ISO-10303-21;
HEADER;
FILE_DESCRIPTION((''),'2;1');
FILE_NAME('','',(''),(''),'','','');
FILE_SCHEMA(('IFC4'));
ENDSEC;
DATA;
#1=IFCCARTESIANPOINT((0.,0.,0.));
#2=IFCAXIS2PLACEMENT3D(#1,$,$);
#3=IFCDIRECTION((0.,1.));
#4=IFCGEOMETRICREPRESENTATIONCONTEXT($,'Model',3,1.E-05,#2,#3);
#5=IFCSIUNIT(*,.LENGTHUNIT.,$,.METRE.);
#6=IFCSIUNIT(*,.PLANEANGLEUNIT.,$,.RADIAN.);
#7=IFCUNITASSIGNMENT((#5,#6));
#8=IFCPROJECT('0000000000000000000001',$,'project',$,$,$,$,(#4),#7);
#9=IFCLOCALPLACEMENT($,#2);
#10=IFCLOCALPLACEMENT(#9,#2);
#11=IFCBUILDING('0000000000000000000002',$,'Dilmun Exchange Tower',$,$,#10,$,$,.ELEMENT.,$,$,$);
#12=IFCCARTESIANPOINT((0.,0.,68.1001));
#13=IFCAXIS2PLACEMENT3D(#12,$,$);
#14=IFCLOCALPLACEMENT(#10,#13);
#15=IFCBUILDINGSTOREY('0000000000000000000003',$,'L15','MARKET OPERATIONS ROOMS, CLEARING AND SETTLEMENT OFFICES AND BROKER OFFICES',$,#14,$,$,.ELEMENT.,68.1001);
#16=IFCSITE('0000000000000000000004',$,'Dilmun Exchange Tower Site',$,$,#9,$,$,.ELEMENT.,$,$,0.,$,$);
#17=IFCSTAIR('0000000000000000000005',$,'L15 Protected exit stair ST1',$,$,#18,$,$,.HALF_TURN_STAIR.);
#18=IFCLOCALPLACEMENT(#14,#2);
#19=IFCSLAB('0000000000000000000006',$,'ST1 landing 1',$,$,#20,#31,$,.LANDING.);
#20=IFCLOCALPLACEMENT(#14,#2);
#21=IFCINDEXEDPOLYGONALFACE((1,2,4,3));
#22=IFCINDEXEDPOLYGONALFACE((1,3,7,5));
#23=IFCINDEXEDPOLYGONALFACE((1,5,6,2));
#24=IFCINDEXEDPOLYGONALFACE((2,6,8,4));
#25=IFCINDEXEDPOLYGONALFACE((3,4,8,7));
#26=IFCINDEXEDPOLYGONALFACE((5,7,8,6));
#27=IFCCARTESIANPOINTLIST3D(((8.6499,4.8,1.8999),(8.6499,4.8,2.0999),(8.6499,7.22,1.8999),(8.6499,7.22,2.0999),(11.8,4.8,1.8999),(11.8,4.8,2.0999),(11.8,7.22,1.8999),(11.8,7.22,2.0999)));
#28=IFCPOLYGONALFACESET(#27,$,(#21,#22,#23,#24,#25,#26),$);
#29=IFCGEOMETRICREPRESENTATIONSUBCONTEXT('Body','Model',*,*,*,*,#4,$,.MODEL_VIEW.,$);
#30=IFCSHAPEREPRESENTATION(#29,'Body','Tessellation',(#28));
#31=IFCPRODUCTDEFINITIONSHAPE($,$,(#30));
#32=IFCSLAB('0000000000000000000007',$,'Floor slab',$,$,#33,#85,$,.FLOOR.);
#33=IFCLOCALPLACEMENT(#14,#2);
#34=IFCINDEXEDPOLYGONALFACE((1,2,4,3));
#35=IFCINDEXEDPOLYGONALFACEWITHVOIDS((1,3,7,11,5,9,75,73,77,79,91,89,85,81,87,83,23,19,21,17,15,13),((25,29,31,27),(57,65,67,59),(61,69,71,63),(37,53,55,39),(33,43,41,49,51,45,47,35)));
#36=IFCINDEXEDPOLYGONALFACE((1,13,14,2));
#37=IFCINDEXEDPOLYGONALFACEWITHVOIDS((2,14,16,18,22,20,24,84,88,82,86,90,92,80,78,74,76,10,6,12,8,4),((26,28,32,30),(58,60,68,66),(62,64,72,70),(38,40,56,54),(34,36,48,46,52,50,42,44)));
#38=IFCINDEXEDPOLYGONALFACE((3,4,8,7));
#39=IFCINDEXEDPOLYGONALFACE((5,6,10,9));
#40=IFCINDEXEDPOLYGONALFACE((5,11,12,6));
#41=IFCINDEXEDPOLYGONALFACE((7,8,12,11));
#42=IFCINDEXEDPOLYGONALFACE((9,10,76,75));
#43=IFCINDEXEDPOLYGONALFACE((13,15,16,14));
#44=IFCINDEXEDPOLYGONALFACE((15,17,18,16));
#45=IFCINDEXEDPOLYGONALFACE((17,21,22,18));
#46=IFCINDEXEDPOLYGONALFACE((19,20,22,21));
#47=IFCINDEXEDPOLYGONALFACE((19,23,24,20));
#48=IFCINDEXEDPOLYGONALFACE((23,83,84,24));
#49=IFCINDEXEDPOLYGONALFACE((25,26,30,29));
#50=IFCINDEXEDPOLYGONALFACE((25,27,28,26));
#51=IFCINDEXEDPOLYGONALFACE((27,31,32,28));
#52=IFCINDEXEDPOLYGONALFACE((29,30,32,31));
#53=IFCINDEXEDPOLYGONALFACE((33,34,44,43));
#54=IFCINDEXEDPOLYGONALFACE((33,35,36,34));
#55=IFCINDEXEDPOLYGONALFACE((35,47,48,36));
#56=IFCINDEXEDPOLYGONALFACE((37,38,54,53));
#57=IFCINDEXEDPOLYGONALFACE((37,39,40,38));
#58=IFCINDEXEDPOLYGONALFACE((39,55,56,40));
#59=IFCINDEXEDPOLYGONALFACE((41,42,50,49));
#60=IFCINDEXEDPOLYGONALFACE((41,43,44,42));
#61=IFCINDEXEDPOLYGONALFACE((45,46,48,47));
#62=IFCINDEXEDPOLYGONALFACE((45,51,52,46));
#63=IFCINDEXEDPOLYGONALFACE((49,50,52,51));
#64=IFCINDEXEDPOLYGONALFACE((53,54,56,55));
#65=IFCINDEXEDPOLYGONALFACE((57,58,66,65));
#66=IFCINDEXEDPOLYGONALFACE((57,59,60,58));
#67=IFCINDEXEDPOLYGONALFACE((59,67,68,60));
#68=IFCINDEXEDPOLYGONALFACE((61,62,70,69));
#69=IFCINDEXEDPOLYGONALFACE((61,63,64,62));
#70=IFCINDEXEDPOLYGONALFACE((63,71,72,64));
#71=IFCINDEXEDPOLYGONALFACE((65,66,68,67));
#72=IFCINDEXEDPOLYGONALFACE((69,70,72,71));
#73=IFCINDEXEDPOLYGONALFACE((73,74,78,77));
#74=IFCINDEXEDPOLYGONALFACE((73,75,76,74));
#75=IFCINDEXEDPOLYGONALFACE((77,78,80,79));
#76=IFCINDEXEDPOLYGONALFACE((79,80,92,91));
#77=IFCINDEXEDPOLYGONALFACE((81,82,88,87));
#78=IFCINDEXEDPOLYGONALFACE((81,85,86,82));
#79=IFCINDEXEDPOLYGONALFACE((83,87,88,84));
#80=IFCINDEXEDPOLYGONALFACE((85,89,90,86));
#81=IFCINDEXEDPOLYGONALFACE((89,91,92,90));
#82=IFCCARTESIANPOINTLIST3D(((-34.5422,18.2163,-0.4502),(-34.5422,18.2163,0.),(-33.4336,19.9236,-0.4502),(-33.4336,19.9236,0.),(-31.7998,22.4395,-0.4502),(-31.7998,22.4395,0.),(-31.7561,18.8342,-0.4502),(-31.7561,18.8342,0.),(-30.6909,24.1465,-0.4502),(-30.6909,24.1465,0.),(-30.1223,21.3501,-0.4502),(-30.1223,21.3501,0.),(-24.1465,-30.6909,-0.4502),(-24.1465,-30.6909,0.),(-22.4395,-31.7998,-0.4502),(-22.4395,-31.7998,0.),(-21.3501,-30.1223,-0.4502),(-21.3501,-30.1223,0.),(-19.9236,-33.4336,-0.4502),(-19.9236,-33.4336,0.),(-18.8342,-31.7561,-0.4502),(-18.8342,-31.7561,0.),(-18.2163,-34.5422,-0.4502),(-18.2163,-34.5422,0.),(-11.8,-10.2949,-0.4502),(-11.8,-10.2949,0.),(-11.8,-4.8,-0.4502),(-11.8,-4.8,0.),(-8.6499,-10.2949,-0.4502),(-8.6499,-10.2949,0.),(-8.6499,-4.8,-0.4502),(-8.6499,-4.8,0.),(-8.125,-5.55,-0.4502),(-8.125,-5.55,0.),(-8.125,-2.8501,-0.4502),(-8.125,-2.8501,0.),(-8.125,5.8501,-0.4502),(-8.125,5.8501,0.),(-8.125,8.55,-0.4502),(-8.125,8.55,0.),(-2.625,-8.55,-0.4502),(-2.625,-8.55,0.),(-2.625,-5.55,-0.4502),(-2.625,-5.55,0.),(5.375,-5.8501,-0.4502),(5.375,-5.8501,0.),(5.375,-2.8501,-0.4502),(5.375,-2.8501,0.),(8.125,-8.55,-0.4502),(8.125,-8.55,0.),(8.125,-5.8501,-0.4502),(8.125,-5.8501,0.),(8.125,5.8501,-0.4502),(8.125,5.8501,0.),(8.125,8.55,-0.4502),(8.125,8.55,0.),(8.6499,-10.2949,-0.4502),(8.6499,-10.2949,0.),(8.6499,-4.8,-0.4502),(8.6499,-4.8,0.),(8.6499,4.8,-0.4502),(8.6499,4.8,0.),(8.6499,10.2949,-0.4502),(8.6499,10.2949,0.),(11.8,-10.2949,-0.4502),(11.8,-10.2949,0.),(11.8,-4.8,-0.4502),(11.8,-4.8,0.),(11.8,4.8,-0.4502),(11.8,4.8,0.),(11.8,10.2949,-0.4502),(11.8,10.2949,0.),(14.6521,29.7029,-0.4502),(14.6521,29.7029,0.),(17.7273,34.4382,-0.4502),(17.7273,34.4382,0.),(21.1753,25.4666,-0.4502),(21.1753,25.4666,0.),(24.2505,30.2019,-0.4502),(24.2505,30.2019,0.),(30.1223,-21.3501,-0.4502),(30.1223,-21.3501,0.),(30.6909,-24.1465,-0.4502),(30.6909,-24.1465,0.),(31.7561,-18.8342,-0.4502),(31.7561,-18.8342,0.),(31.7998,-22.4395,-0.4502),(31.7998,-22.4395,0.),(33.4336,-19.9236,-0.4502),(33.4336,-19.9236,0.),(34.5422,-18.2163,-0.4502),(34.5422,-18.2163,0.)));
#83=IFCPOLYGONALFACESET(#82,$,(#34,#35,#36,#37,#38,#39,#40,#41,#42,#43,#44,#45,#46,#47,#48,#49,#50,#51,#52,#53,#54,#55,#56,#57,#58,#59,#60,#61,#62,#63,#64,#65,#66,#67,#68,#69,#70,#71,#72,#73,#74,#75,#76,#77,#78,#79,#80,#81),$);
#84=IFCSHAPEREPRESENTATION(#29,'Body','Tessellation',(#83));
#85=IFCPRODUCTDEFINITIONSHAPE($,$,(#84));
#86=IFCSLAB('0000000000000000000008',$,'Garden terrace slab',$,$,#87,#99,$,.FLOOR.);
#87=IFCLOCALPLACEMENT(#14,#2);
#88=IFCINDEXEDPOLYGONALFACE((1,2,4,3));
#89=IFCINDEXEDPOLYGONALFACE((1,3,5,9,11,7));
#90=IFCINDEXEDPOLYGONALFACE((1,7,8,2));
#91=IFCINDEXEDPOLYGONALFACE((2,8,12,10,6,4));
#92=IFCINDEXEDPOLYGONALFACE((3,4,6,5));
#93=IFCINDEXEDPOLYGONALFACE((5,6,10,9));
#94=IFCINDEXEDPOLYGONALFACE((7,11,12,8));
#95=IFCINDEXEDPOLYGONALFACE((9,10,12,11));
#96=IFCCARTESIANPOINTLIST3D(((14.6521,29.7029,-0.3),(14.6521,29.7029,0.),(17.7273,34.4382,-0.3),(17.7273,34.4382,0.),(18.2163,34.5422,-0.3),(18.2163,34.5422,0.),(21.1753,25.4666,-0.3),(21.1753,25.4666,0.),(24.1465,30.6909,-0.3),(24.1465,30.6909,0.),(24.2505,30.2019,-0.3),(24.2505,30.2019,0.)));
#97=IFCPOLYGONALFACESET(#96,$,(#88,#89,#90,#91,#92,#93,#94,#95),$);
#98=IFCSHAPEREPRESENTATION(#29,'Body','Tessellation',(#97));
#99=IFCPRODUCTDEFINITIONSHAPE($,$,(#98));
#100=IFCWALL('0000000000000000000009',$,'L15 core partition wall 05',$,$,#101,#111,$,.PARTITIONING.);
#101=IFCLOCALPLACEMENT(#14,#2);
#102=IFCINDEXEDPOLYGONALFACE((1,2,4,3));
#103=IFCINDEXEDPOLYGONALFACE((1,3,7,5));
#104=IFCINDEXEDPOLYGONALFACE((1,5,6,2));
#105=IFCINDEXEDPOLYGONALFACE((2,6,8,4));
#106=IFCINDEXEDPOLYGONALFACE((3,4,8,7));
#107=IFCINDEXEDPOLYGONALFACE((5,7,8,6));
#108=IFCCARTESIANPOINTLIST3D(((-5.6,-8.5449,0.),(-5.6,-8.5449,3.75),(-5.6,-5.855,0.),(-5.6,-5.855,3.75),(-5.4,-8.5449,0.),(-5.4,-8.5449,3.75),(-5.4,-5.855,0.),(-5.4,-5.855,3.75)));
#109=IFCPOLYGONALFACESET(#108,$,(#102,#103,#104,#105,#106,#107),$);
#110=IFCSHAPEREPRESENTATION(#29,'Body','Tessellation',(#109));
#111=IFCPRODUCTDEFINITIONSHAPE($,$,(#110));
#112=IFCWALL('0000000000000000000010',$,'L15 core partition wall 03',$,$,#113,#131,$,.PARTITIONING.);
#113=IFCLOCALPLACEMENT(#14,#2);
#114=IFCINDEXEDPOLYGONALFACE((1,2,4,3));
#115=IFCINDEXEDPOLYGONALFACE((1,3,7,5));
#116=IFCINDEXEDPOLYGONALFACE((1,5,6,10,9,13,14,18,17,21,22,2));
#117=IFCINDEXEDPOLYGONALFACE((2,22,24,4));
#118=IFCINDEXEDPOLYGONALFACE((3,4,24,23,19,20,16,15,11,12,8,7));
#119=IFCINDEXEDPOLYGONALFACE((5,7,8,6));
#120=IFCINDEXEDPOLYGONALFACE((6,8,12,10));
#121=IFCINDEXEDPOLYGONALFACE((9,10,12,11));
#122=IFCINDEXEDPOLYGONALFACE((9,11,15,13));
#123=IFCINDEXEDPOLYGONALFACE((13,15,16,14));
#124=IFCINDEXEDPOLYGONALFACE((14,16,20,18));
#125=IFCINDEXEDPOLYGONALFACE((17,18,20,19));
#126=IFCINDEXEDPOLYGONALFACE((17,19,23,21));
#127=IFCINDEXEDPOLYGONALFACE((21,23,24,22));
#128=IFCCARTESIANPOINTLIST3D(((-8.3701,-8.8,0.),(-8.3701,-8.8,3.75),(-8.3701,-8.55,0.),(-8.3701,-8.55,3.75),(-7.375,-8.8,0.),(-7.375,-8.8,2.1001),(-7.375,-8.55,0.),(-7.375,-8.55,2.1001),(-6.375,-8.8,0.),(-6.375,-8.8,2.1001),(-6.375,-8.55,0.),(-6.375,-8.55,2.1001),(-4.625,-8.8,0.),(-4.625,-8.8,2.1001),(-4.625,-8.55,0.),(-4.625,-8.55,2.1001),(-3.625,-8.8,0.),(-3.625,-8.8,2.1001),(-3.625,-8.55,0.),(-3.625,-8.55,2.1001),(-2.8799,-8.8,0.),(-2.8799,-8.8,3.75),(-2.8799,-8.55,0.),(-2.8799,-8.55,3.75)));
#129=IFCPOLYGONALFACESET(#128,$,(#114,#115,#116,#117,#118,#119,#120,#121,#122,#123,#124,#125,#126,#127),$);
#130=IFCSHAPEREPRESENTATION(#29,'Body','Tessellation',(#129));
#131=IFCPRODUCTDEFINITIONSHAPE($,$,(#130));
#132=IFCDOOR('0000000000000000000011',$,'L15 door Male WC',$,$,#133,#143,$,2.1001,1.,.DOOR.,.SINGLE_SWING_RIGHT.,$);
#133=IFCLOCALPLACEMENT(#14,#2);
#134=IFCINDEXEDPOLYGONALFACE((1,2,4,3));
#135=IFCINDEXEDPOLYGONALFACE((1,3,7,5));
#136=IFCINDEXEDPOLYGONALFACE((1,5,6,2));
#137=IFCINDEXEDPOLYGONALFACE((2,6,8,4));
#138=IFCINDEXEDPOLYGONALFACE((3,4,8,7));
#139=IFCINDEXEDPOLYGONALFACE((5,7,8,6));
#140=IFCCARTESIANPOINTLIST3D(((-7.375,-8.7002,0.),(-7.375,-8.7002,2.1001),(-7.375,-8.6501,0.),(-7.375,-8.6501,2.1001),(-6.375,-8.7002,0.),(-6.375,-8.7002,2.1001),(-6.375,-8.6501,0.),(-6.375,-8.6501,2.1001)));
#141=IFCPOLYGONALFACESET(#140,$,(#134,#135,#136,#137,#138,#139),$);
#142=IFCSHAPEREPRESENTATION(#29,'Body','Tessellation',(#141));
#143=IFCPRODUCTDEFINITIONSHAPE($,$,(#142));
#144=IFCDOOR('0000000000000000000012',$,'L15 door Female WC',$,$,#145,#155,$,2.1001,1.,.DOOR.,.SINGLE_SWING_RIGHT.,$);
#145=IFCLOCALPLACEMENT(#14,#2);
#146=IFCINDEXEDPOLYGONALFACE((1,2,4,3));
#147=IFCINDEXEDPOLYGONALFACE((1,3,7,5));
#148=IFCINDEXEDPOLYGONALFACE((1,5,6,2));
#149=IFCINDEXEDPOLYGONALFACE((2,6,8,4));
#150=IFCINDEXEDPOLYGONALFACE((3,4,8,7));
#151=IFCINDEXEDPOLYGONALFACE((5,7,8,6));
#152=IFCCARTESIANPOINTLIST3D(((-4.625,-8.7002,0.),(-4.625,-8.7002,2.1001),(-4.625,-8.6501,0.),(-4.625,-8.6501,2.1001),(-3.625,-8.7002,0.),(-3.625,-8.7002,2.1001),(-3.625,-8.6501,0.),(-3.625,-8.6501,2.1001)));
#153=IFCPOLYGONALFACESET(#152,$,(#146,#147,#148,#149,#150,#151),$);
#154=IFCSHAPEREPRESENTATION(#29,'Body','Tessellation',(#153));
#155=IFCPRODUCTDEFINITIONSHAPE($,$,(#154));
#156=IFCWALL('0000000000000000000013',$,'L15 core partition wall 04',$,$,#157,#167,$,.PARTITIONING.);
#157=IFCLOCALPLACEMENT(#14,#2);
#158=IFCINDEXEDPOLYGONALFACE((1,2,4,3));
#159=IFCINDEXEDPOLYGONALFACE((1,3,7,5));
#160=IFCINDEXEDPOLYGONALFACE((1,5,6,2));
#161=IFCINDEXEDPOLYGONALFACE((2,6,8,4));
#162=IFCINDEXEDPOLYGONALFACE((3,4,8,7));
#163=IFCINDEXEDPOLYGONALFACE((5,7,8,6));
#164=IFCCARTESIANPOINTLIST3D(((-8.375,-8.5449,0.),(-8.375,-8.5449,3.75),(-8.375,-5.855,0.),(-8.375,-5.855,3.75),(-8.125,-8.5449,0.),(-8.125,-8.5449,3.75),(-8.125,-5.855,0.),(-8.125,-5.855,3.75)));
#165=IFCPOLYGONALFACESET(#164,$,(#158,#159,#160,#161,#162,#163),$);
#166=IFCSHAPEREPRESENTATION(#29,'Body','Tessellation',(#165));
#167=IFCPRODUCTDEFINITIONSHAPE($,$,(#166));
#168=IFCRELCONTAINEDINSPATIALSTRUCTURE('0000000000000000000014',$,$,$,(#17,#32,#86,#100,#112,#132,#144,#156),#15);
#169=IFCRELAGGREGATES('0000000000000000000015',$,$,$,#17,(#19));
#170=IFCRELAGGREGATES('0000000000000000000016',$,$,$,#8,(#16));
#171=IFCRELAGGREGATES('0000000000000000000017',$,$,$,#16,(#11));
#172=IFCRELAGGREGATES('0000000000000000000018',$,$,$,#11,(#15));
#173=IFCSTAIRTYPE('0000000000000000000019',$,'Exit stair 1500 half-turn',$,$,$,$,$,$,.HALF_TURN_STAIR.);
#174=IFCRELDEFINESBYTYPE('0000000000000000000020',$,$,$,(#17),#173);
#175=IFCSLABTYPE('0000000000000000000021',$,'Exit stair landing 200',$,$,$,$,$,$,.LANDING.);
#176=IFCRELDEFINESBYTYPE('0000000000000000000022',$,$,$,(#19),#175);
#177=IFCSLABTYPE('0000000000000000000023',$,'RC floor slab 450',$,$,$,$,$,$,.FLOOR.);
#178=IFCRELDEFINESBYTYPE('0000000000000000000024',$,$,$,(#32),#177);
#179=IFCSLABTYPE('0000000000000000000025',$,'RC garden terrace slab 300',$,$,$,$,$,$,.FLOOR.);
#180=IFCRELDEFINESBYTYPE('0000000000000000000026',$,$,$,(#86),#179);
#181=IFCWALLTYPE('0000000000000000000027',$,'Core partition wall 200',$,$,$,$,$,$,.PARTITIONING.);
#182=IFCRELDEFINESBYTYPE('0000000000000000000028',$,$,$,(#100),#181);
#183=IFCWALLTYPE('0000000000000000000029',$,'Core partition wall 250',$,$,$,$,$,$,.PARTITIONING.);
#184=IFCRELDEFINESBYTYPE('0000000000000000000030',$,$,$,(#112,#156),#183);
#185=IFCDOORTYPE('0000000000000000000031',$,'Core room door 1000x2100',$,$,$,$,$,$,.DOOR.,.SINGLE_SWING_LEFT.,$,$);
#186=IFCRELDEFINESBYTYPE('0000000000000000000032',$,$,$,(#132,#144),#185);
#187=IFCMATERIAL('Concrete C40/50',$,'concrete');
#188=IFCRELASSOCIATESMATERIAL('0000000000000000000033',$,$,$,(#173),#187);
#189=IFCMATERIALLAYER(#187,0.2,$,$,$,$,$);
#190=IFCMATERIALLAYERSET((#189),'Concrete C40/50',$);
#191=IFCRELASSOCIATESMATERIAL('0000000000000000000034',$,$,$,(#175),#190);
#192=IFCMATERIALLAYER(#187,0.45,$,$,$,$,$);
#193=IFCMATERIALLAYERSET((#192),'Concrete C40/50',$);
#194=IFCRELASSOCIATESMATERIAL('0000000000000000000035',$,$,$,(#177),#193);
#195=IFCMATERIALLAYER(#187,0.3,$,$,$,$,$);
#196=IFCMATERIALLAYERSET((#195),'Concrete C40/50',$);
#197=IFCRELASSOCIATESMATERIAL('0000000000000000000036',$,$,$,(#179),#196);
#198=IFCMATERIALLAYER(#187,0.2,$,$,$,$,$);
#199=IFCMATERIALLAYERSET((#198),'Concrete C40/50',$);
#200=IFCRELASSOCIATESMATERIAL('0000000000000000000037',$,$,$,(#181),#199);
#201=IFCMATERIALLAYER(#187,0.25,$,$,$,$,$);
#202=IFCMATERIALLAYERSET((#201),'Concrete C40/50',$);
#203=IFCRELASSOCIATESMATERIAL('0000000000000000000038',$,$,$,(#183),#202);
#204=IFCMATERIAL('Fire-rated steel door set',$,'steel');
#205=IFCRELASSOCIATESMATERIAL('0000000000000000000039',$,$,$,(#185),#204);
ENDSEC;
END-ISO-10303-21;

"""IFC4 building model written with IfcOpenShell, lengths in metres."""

from ifc_helpers import new_model, si_unit, direction, frame, frame_2d, origin, place, context, subcontext, project, spatial, polyline, rectangle, outline, extrude, material, layer, layer_set, type_object, element, fill, aggregate, save


model = new_model("IFC4")

# Units and contexts
model_context = context("Model", 3, precision=1e-05, world=origin(), true_north=direction((0.0, 1.0)))
body_context = subcontext(model_context, "Body", "Model", "MODEL_VIEW")
ifc_project = project(units=[si_unit("LENGTHUNIT", "METRE"), si_unit("PLANEANGLEUNIT", "RADIAN")], contexts=[model_context])

# Site, building, storey
site_placement = place(None, origin())
site = spatial("IfcSite", under=ifc_project, at=site_placement, Name="Dilmun Exchange Tower Site", CompositionType="ELEMENT", RefElevation=0.0)
building_placement = place(site_placement, origin())
building = spatial("IfcBuilding", under=site, at=building_placement, Name="Dilmun Exchange Tower", CompositionType="ELEMENT")
storey_placement = place(building_placement, frame((0.0, 0.0, 68.1001)))
storey = spatial("IfcBuildingStorey", under=building, at=storey_placement, Name="L15", Description="MARKET OPERATIONS ROOMS, CLEARING AND SETTLEMENT OFFICES AND BROKER OFFICES", CompositionType="ELEMENT", Elevation=68.1001)

# Stair, slab
ifc_material_1 = material(Name="Concrete C40/50", Category="concrete")
stair_type = type_object("IfcStairType", Name="Exit stair 1500 half-turn", PredefinedType="HALF_TURN_STAIR", material=ifc_material_1)
stair_placement = place(storey_placement, origin())
stair = element("IfcStair", 1, at=stair_placement, inside=storey, type_object=stair_type, Name="L15 Protected exit stair ST1", PredefinedType="HALF_TURN_STAIR")
ifc_layer_1 = layer(ifc_material_1, 0.2)
ifc_layer_set_1 = layer_set([ifc_layer_1], Name="Concrete C40/50")
slab_type_1 = type_object("IfcSlabType", Name="Exit stair landing 200", PredefinedType="LANDING", material=ifc_layer_set_1)
slab_1_placement = place(storey_placement, frame((0.0, 0.0, 1.8999)))
slab_1 = element("IfcSlab", 2, at=slab_1_placement, type_object=slab_type_1, Name="ST1 landing 1", PredefinedType="LANDING", context=body_context, shape_type="SweptSolid", body=[
    extrude(outline(polyline([(8.6499, 7.22), (8.6499, 4.8), (11.8, 4.8), (11.8, 7.22), (8.6499, 7.22)])), origin(), (0.0, 0.0, 1.0), 0.2),
])
aggregate(stair, [slab_1])

# Slabs
ifc_layer_2 = layer(ifc_material_1, 0.45)
ifc_layer_set_2 = layer_set([ifc_layer_2], Name="Concrete C40/50")
slab_type_2 = type_object("IfcSlabType", Name="RC floor slab 450", PredefinedType="FLOOR", material=ifc_layer_set_2)
slab_2_placement = place(storey_placement, frame((0.0, 0.0, -0.4502)))
element("IfcSlab", 3, at=slab_2_placement, inside=storey, type_object=slab_type_2, Name="Floor slab", PredefinedType="FLOOR", context=body_context, shape_type="SweptSolid", body=[
    extrude(outline(polyline([(33.4336, -19.9236), (31.7561, -18.8342), (30.1223, -21.3501), (31.7998, -22.4395), (30.6909, -24.1465), (-18.2163, -34.5422), (-19.9236, -33.4336), (-18.8342, -31.7561), (-21.3501, -30.1223), (-22.4395, -31.7998), (-24.1465, -30.6909), (-34.5422, 18.2163), (-33.4336, 19.9236), (-31.7561, 18.8342), (-30.1223, 21.3501), (-31.7998, 22.4395), (-30.6909, 24.1465), (17.7273, 34.4382), (14.6521, 29.7029), (21.1753, 25.4666), (24.2505, 30.2019), (34.5422, -18.2163), (33.4336, -19.9236)]), holes=[polyline([(-8.6499, -4.8), (-11.8, -4.8), (-11.8, -10.2949), (-8.6499, -10.2949), (-8.6499, -4.8)]), polyline([(11.8, -4.8), (8.6499, -4.8), (8.6499, -10.2949), (11.8, -10.2949), (11.8, -4.8)]), polyline([(-8.125, -2.8501), (-8.125, -5.55), (-2.625, -5.55), (-2.625, -8.55), (8.125, -8.55), (8.125, -5.8501), (5.375, -5.8501), (5.375, -2.8501), (-8.125, -2.8501)]), polyline([(-8.125, 5.8501), (8.125, 5.8501), (8.125, 8.55), (-8.125, 8.55), (-8.125, 5.8501)]), polyline([(8.6499, 10.2949), (8.6499, 4.8), (11.8, 4.8), (11.8, 10.2949), (8.6499, 10.2949)])]), origin(), (0.0, 0.0, 1.0), 0.4502),
])
ifc_layer_3 = layer(ifc_material_1, 0.3)
ifc_layer_set_3 = layer_set([ifc_layer_3], Name="Concrete C40/50")
slab_type_3 = type_object("IfcSlabType", Name="RC garden terrace slab 300", PredefinedType="FLOOR", material=ifc_layer_set_3)
slab_3_placement = place(storey_placement, frame((0.0, 0.0, -0.3)))
element("IfcSlab", 4, at=slab_3_placement, inside=storey, type_object=slab_type_3, Name="Garden terrace slab", PredefinedType="FLOOR", context=body_context, shape_type="SweptSolid", body=[
    extrude(outline(polyline([(14.6521, 29.7029), (17.7273, 34.4382), (18.2163, 34.5422), (24.1465, 30.6909), (24.2505, 30.2019), (21.1753, 25.4666), (14.6521, 29.7029)])), origin(), (0.0, 0.0, 1.0), 0.3),
])

# Wall
ifc_layer_4 = layer(ifc_material_1, 0.2)
ifc_layer_set_4 = layer_set([ifc_layer_4], Name="Concrete C40/50")
wall_type_1 = type_object("IfcWallType", Name="Core partition wall 200", PredefinedType="PARTITIONING", material=ifc_layer_set_4)
wall_1_placement = place(storey_placement, frame((-5.5, -8.5449, 0.0), z_axis=(0.0, 0.0, 1.0), x_axis=(0.0, 1.0, 0.0)))
element("IfcWall", 5, at=wall_1_placement, inside=storey, type_object=wall_type_1, Name="L15 core partition wall 05", PredefinedType="PARTITIONING", context=body_context, shape_type="SweptSolid", body=[
    extrude(rectangle(XDim=2.6899, YDim=0.2, at=frame_2d((1.345, 0.0))), origin(), (0.0, 0.0, 1.0), 3.75),
])

# Wall, openings, doors
ifc_layer_5 = layer(ifc_material_1, 0.25)
ifc_layer_set_5 = layer_set([ifc_layer_5], Name="Concrete C40/50")
wall_type_2 = type_object("IfcWallType", Name="Core partition wall 250", PredefinedType="PARTITIONING", material=ifc_layer_set_5)
wall_2_placement = place(storey_placement, frame((-8.3701, -8.675, 0.0), z_axis=(0.0, 0.0, 1.0), x_axis=(1.0, 0.0, 0.0)))
wall_2 = element("IfcWall", 6, at=wall_2_placement, inside=storey, type_object=wall_type_2, Name="L15 core partition wall 03", PredefinedType="PARTITIONING", context=body_context, shape_type="SweptSolid", body=[
    extrude(rectangle(XDim=5.4902, YDim=0.25, at=frame_2d((2.7451, 0.0))), origin(), (0.0, 0.0, 1.0), 3.75),
])
opening_1_placement = place(wall_2_placement, frame((0.9951, 0.0, 0.0)))
opening_1 = element("IfcOpeningElement", 7, at=opening_1_placement, cuts=wall_2, PredefinedType="OPENING", context=body_context, shape_type="SweptSolid", body=[
    extrude(rectangle(XDim=1.0, YDim=2.1001, at=frame_2d((0.5, 1.05))), frame((0.0, 0.135, 0.0), z_axis=(0.0, -1.0, 0.0), x_axis=(1.0, 0.0, 0.0)), (0.0, 0.0, 1.0), 0.27),
])
opening_2_placement = place(wall_2_placement, frame((3.7451, 0.0, 0.0)))
opening_2 = element("IfcOpeningElement", 8, at=opening_2_placement, cuts=wall_2, PredefinedType="OPENING", context=body_context, shape_type="SweptSolid", body=[
    extrude(rectangle(XDim=1.0, YDim=2.1001, at=frame_2d((0.5, 1.05))), frame((0.0, 0.135, 0.0), z_axis=(0.0, -1.0, 0.0), x_axis=(1.0, 0.0, 0.0)), (0.0, 0.0, 1.0), 0.27),
])
ifc_material_2 = material(Name="Fire-rated steel door set", Category="steel")
door_type_1 = type_object("IfcDoorType", Name="Core room door 1000x2100", OperationType="SINGLE_SWING_LEFT", PredefinedType="DOOR", material=ifc_material_2)
door_1_placement = place(opening_1_placement, origin())
door_1 = element("IfcDoor", 9, at=door_1_placement, inside=storey, type_object=door_type_1, Name="L15 door Male WC", OperationType="SINGLE_SWING_RIGHT", OverallHeight=2.1001, OverallWidth=1.0, PredefinedType="DOOR", context=body_context, shape_type="SweptSolid", body=[
    extrude(rectangle(XDim=1.0, YDim=2.1001, at=frame_2d((0.5, 1.05))), frame((0.0, 0.0249, 0.0), z_axis=(0.0, -1.0, 0.0), x_axis=(1.0, 0.0, 0.0)), (0.0, 0.0, 1.0), 0.05),
])
fill(opening_1, door_1)
door_2_placement = place(opening_2_placement, origin())
door_2 = element("IfcDoor", 10, at=door_2_placement, inside=storey, type_object=door_type_1, Name="L15 door Female WC", OperationType="SINGLE_SWING_RIGHT", OverallHeight=2.1001, OverallWidth=1.0, PredefinedType="DOOR", context=body_context, shape_type="SweptSolid", body=[
    extrude(rectangle(XDim=1.0, YDim=2.1001, at=frame_2d((0.5, 1.05))), frame((0.0, 0.0249, 0.0), z_axis=(0.0, -1.0, 0.0), x_axis=(1.0, 0.0, 0.0)), (0.0, 0.0, 1.0), 0.05),
])
fill(opening_2, door_2)

# Wall
wall_3_placement = place(storey_placement, frame((-8.25, -8.5449, 0.0), z_axis=(0.0, 0.0, 1.0), x_axis=(0.0, 1.0, 0.0)))
element("IfcWall", 11, at=wall_3_placement, inside=storey, type_object=wall_type_2, Name="L15 core partition wall 04", PredefinedType="PARTITIONING", context=body_context, shape_type="SweptSolid", body=[
    extrude(rectangle(XDim=2.6899, YDim=0.25, at=frame_2d((1.345, 0.0))), origin(), (0.0, 0.0, 1.0), 3.75),
])

save(model, "model.ifc")
